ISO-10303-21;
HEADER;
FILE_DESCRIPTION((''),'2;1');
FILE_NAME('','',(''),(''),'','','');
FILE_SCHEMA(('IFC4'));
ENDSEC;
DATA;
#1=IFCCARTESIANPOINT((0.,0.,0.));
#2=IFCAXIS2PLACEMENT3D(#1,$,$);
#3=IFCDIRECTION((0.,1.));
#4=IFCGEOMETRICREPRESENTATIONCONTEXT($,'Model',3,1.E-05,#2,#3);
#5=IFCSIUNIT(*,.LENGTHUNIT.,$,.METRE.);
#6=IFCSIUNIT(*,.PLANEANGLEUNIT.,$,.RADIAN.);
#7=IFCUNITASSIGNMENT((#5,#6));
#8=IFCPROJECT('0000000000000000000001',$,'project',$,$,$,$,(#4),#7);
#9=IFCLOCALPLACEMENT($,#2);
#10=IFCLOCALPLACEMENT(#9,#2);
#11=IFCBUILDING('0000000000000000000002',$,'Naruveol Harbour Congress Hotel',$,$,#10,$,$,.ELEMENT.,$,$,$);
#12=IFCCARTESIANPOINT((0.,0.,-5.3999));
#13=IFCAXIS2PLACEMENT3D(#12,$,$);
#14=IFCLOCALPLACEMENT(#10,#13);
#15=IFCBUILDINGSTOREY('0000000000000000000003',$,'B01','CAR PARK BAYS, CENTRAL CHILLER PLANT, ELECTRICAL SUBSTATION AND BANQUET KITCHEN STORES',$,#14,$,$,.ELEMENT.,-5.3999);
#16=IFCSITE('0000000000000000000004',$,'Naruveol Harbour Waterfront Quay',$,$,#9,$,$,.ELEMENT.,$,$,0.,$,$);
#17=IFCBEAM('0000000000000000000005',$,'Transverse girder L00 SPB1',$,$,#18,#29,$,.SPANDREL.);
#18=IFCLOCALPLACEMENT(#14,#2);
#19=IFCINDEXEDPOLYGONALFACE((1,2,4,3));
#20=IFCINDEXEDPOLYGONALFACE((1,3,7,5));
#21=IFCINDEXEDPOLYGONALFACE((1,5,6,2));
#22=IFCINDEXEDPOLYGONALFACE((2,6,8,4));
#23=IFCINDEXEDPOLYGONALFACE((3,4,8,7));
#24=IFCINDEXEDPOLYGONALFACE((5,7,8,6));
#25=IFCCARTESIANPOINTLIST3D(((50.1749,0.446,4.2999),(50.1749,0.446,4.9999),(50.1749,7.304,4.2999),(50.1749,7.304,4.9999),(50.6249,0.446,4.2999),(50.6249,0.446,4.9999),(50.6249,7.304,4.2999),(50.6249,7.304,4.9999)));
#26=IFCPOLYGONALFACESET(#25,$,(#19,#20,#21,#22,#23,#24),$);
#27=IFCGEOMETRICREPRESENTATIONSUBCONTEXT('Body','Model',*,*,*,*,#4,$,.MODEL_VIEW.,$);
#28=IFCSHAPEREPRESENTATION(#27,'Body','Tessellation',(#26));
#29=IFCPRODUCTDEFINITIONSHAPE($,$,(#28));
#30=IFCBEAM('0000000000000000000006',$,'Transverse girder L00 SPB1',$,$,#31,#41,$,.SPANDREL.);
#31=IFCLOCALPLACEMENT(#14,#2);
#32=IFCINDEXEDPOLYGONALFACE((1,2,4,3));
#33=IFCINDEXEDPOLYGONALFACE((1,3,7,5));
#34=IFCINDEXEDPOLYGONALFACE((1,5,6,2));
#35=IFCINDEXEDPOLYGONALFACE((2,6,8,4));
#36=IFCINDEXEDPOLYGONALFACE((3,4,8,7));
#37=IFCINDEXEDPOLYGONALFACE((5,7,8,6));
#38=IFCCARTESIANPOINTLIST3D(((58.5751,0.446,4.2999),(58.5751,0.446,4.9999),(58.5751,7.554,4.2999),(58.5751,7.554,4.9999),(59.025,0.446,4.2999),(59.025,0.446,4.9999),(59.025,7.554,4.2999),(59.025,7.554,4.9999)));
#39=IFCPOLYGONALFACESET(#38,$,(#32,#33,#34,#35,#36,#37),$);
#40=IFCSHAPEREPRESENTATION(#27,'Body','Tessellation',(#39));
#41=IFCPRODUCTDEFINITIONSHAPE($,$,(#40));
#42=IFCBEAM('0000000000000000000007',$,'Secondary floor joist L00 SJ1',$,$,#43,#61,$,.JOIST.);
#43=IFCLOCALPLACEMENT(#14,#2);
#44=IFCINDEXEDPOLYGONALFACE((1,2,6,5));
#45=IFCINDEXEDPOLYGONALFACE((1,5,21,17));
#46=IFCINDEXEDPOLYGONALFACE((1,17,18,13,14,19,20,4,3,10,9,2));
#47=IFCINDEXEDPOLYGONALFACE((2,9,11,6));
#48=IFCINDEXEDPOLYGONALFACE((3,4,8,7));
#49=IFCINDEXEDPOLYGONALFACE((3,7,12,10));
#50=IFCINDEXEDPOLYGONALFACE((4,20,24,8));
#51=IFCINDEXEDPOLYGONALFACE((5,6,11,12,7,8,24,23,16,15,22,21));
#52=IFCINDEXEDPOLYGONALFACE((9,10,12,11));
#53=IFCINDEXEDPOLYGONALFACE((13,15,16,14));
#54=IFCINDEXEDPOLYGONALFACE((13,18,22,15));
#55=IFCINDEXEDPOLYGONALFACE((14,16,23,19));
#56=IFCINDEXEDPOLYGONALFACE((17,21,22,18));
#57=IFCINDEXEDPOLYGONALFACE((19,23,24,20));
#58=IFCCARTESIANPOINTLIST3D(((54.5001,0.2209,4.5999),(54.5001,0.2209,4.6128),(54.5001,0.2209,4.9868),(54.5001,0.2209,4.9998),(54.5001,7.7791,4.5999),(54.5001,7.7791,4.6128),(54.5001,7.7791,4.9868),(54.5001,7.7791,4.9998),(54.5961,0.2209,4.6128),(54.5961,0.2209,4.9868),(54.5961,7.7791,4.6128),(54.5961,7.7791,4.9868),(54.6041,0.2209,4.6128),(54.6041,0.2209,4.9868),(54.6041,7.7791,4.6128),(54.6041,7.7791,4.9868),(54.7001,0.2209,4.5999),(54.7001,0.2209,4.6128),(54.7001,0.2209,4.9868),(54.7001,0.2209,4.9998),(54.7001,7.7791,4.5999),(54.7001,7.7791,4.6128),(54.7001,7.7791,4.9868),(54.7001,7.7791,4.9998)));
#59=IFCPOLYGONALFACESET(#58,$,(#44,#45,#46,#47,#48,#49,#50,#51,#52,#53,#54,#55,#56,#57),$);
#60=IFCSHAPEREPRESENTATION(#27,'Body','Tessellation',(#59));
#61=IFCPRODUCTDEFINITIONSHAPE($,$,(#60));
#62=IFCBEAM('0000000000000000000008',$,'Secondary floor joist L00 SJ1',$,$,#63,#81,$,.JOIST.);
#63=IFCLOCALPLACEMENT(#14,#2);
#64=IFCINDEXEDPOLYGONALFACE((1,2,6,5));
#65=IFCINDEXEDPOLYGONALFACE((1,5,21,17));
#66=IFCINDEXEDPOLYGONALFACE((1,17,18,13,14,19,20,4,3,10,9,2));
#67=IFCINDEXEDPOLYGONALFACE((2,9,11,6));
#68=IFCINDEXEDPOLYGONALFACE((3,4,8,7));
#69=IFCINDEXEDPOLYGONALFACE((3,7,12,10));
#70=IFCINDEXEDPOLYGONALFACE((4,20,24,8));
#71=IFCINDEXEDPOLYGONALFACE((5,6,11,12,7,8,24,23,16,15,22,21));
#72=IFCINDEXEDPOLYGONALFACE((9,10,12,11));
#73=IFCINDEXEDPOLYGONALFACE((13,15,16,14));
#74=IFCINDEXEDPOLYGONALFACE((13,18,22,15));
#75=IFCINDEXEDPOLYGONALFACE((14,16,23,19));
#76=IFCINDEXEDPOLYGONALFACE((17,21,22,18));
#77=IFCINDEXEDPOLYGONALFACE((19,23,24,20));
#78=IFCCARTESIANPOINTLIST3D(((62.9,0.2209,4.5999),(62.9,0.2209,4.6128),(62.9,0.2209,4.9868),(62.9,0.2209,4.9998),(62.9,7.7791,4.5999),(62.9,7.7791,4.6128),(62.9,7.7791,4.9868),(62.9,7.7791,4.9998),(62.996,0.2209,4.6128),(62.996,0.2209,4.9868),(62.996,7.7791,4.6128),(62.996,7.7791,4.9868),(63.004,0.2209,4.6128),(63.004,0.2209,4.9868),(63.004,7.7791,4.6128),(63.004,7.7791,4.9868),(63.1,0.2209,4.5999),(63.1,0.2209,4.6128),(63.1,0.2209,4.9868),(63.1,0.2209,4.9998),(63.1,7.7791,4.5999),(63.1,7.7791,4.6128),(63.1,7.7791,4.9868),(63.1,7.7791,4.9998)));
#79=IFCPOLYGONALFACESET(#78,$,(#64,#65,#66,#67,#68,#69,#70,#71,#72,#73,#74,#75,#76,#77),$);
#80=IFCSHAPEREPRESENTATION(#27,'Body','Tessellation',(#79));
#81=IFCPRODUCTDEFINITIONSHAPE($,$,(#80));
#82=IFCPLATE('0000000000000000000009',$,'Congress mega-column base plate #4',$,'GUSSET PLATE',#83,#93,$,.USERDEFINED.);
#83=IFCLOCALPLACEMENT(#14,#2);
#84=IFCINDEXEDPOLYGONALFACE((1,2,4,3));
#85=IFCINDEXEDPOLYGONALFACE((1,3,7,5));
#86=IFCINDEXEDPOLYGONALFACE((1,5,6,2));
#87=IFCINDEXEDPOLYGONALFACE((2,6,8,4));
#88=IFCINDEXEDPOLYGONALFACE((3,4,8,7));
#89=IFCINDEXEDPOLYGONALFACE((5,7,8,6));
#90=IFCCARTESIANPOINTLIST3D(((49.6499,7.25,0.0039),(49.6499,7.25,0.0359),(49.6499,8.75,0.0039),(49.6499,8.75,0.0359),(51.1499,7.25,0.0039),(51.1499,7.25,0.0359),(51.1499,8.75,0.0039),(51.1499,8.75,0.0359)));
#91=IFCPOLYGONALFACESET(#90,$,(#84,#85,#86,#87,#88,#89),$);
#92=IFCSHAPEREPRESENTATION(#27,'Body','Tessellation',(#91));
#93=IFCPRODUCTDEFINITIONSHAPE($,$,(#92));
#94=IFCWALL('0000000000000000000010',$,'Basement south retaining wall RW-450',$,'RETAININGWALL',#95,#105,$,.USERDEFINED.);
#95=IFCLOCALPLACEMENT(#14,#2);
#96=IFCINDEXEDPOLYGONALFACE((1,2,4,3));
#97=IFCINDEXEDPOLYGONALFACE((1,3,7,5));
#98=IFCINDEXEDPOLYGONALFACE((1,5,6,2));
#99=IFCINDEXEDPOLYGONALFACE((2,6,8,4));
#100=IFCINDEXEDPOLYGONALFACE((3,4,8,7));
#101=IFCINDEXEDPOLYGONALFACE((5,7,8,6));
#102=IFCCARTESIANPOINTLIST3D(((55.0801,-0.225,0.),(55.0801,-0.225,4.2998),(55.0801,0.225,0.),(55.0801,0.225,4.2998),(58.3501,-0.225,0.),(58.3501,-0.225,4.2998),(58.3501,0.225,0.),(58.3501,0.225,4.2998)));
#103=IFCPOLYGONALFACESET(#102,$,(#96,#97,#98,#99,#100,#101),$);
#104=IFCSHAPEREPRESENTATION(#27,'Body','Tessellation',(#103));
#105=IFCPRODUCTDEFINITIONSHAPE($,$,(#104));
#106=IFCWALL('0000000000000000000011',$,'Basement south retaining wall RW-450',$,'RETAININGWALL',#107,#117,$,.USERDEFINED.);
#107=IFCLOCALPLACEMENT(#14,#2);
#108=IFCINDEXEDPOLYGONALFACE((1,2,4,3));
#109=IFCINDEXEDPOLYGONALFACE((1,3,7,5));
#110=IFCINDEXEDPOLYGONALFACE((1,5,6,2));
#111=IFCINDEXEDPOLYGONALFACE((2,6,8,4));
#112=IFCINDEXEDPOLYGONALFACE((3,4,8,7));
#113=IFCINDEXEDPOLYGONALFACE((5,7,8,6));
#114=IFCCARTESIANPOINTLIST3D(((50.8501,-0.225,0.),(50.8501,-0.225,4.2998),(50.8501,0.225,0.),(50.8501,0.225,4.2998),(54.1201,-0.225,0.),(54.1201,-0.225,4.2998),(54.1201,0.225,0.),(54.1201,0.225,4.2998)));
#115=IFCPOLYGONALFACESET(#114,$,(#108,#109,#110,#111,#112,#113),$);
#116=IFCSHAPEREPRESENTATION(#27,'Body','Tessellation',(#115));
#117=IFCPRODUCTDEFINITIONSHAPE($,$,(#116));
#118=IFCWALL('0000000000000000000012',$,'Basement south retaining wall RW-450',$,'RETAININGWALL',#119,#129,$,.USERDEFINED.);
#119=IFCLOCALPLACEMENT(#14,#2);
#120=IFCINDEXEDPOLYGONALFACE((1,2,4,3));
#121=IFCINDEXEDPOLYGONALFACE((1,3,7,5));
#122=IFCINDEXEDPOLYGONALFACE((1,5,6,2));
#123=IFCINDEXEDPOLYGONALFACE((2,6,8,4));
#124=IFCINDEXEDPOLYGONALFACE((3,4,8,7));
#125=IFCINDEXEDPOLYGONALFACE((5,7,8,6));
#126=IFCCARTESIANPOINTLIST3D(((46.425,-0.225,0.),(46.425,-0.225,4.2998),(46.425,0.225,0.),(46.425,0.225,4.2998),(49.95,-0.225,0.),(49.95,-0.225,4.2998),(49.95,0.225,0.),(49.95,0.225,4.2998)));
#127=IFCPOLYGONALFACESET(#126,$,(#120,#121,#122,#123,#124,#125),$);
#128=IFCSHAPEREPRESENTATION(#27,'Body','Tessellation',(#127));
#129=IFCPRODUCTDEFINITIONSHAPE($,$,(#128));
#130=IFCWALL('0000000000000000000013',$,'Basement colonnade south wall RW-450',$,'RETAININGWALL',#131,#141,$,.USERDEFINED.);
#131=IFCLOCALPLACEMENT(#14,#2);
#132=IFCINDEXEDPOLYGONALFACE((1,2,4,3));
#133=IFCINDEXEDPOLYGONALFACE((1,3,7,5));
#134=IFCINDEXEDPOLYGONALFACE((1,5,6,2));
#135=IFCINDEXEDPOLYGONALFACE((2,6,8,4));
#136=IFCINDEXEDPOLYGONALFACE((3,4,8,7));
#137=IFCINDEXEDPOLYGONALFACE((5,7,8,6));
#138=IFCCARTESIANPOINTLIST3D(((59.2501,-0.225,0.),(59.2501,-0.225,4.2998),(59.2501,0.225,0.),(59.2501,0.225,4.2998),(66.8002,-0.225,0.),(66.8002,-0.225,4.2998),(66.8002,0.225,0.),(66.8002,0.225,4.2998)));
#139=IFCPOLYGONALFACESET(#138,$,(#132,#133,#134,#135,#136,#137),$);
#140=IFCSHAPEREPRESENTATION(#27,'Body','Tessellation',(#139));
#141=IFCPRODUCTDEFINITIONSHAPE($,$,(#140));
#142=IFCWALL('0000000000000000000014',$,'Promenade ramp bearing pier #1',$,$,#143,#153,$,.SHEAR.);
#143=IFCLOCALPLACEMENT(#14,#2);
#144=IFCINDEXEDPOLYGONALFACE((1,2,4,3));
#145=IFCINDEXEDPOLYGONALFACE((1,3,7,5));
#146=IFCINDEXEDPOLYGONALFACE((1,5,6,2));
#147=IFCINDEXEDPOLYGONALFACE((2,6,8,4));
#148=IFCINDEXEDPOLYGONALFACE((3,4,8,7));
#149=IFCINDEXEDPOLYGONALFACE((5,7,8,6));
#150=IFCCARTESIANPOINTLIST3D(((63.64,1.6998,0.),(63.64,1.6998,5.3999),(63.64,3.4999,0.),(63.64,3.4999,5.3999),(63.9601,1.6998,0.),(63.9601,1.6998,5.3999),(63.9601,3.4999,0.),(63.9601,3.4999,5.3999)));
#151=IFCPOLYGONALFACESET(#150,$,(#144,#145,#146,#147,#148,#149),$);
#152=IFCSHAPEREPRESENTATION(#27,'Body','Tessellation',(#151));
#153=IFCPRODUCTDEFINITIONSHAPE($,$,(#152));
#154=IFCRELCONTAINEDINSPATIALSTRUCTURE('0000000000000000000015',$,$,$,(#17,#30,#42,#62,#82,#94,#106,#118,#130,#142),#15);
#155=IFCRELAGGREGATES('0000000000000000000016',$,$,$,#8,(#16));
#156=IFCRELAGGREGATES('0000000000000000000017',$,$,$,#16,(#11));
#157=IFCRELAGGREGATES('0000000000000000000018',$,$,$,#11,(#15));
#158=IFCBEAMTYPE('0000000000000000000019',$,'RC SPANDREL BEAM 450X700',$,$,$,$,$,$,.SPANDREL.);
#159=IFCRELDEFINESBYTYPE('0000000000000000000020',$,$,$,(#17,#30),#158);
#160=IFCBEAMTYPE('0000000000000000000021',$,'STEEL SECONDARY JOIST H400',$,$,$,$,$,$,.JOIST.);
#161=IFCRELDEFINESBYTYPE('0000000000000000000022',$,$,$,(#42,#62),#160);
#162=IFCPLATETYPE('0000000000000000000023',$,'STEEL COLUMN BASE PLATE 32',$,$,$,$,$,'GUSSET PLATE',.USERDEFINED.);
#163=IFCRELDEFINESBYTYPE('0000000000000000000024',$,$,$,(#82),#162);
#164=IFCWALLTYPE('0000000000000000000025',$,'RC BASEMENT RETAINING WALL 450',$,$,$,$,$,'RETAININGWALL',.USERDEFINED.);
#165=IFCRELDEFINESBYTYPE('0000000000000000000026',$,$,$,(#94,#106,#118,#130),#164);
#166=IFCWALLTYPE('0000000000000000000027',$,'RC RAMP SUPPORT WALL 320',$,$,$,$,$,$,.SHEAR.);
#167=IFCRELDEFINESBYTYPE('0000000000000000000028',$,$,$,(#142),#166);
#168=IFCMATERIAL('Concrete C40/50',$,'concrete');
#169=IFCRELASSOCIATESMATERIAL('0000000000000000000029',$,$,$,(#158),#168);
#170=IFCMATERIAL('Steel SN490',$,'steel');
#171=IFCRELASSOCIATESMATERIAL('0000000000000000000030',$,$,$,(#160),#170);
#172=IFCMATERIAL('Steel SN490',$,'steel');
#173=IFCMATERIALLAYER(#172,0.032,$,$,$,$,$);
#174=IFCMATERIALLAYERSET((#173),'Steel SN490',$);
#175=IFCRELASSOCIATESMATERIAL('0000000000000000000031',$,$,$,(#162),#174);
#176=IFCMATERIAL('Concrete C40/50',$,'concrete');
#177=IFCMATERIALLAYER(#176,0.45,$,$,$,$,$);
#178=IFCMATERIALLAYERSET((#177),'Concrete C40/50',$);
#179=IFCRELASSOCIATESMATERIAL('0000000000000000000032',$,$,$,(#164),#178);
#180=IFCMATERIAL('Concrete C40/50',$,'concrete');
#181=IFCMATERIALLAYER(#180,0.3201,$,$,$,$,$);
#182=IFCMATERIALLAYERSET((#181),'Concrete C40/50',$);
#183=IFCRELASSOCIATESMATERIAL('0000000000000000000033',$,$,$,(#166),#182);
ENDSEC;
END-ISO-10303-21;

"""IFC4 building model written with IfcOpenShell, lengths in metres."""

from ifc_helpers import new_model, si_unit, direction, frame, frame_2d, origin, origin_2d, place, context, subcontext, project, spatial, rectangle, i_section, extrude, material, layer, layer_set, material_profile, profile_set, type_object, element, save


model = new_model("IFC4")

# Units and contexts
model_context = context("Model", 3, precision=1e-05, world=origin(), true_north=direction((0.0, 1.0)))
body_context = subcontext(model_context, "Body", "Model", "MODEL_VIEW")
ifc_project = project(units=[si_unit("LENGTHUNIT", "METRE"), si_unit("PLANEANGLEUNIT", "RADIAN")], contexts=[model_context])

# Site, building, storey
site_placement = place(None, origin())
site = spatial("IfcSite", under=ifc_project, at=site_placement, Name="Naruveol Harbour Waterfront Quay", CompositionType="ELEMENT", RefElevation=0.0)
building_placement = place(site_placement, origin())
building = spatial("IfcBuilding", under=site, at=building_placement, Name="Naruveol Harbour Congress Hotel", CompositionType="ELEMENT")
storey_placement = place(building_placement, frame((0.0, 0.0, -5.3999)))
storey = spatial("IfcBuildingStorey", under=building, at=storey_placement, Name="B01", Description="CAR PARK BAYS, CENTRAL CHILLER PLANT, ELECTRICAL SUBSTATION AND BANQUET KITCHEN STORES", CompositionType="ELEMENT", Elevation=-5.3999)

# Beams
ifc_material_1 = material(Name="Concrete C40/50", Category="concrete")
ifc_material_profile_1 = material_profile(ifc_material_1, rectangle(XDim=0.45, YDim=0.7, at=origin_2d()), Name="RCB-450x700")
ifc_profile_set_1 = profile_set([ifc_material_profile_1], Name="Concrete C40/50")
beam_type_1 = type_object("IfcBeamType", Name="RC SPANDREL BEAM 450X700", PredefinedType="SPANDREL", material=ifc_profile_set_1)
beam_1_placement = place(storey_placement, frame((50.3999, 0.446, 4.6499), z_axis=(0.0, 1.0, 0.0), x_axis=(-1.0, 0.0, 0.0)))
element("IfcBeam", 1, at=beam_1_placement, inside=storey, type_object=beam_type_1, Name="Transverse girder L00 SPB1", PredefinedType="SPANDREL", context=body_context, shape_type="SweptSolid", body=[
    extrude(rectangle(XDim=0.45, YDim=0.7, at=origin_2d()), origin(), (0.0, 0.0, 1.0), 6.8579),
])
beam_2_placement = place(storey_placement, frame((58.8, 0.446, 4.6499), z_axis=(0.0, 1.0, 0.0), x_axis=(-1.0, 0.0, 0.0)))
element("IfcBeam", 2, at=beam_2_placement, inside=storey, type_object=beam_type_1, Name="Transverse girder L00 SPB1", PredefinedType="SPANDREL", context=body_context, shape_type="SweptSolid", body=[
    extrude(rectangle(XDim=0.45, YDim=0.7, at=origin_2d()), origin(), (0.0, 0.0, 1.0), 7.1079),
])
ifc_material_2 = material(Name="Steel SN490", Category="steel")
ifc_material_profile_2 = material_profile(ifc_material_2, i_section(OverallWidth=0.2, OverallDepth=0.3999, WebThickness=0.0081, FlangeThickness=0.0129, at=origin_2d()), Name="H-400x200x8x13")
ifc_profile_set_2 = profile_set([ifc_material_profile_2], Name="Steel SN490")
beam_type_2 = type_object("IfcBeamType", Name="STEEL SECONDARY JOIST H400", PredefinedType="JOIST", material=ifc_profile_set_2)
for number, where, z_axis, x_axis, name in (
    (3, (54.6001, 0.2209, 4.7998), (0.0, 1.0, 0.0), (-1.0, 0.0, 0.0), "Secondary floor joist L00 SJ1"),
    (4, (63.0, 0.2209, 4.7998), (0.0, 1.0, 0.0), (-1.0, 0.0, 0.0), "Secondary floor joist L00 SJ1"),
):
    element("IfcBeam", number, at=place(storey_placement, frame(where, z_axis=z_axis, x_axis=x_axis)), inside=storey, type_object=beam_type_2, Name=name, PredefinedType="JOIST", context=body_context, shape_type="SweptSolid", body=[
        extrude(i_section(OverallWidth=0.2, OverallDepth=0.3999, WebThickness=0.0081, FlangeThickness=0.0129, at=origin_2d()), origin(), (0.0, 0.0, 1.0), 7.5581),
    ])

# Plate
ifc_material_3 = material(Name="Steel SN490", Category="steel")
ifc_layer_1 = layer(ifc_material_3, 0.032)
ifc_layer_set_1 = layer_set([ifc_layer_1], Name="Steel SN490")
plate_type = type_object("IfcPlateType", Name="STEEL COLUMN BASE PLATE 32", ElementType="GUSSET PLATE", PredefinedType="USERDEFINED", material=ifc_layer_set_1)
plate_placement = place(storey_placement, frame((50.3999, 8.0, 0.0039), z_axis=(0.0, 0.0, 1.0), x_axis=(1.0, 0.0, 0.0)))
element("IfcPlate", 5, at=plate_placement, inside=storey, type_object=plate_type, Name="Congress mega-column base plate #4", ObjectType="GUSSET PLATE", PredefinedType="USERDEFINED", context=body_context, shape_type="SweptSolid", body=[
    extrude(rectangle(XDim=1.5, YDim=1.5, at=origin_2d()), origin(), (0.0, 0.0, 1.0), 0.032),
])

# Walls
ifc_material_4 = material(Name="Concrete C40/50", Category="concrete")
ifc_layer_2 = layer(ifc_material_4, 0.45)
ifc_layer_set_2 = layer_set([ifc_layer_2], Name="Concrete C40/50")
wall_type_1 = type_object("IfcWallType", Name="RC BASEMENT RETAINING WALL 450", ElementType="RETAININGWALL", PredefinedType="USERDEFINED", material=ifc_layer_set_2)
for number, where, z_axis, x_axis, name in (
    (6, (58.3501, 0.0, 0.0), (0.0, 0.0, 1.0), (-1.0, 0.0, 0.0), "Basement south retaining wall RW-450"),
    (7, (54.1201, 0.0, 0.0), (0.0, 0.0, 1.0), (-1.0, 0.0, 0.0), "Basement south retaining wall RW-450"),
):
    element("IfcWall", number, at=place(storey_placement, frame(where, z_axis=z_axis, x_axis=x_axis)), inside=storey, type_object=wall_type_1, Name=name, ObjectType="RETAININGWALL", PredefinedType="USERDEFINED", context=body_context, shape_type="SweptSolid", body=[
        extrude(rectangle(XDim=3.27, YDim=0.45, at=frame_2d((1.635, 0.0))), origin(), (0.0, 0.0, 1.0), 4.2998),
    ])
wall_1_placement = place(storey_placement, frame((49.95, 0.0, 0.0), z_axis=(0.0, 0.0, 1.0), x_axis=(-1.0, 0.0, 0.0)))
element("IfcWall", 8, at=wall_1_placement, inside=storey, type_object=wall_type_1, Name="Basement south retaining wall RW-450", ObjectType="RETAININGWALL", PredefinedType="USERDEFINED", context=body_context, shape_type="SweptSolid", body=[
    extrude(rectangle(XDim=3.5249, YDim=0.45, at=frame_2d((1.7625, 0.0))), origin(), (0.0, 0.0, 1.0), 4.2998),
])
wall_2_placement = place(storey_placement, frame((66.8, 0.0, 0.0), z_axis=(0.0, 0.0, 1.0), x_axis=(-1.0, 0.0, 0.0)))
element("IfcWall", 9, at=wall_2_placement, inside=storey, type_object=wall_type_1, Name="Basement colonnade south wall RW-450", ObjectType="RETAININGWALL", PredefinedType="USERDEFINED", context=body_context, shape_type="SweptSolid", body=[
    extrude(rectangle(XDim=7.55, YDim=0.45, at=frame_2d((3.7749, 0.0))), origin(), (0.0, 0.0, 1.0), 4.2998),
])
ifc_material_5 = material(Name="Concrete C40/50", Category="concrete")
ifc_layer_3 = layer(ifc_material_5, 0.3201)
ifc_layer_set_3 = layer_set([ifc_layer_3], Name="Concrete C40/50")
wall_type_2 = type_object("IfcWallType", Name="RC RAMP SUPPORT WALL 320", PredefinedType="SHEAR", material=ifc_layer_set_3)
wall_3_placement = place(storey_placement, frame((63.8, 1.7, 0.0), z_axis=(0.0, 0.0, 1.0), x_axis=(0.0, 1.0, 0.0)))
element("IfcWall", 10, at=wall_3_placement, inside=storey, type_object=wall_type_2, Name="Promenade ramp bearing pier #1", PredefinedType="SHEAR", context=body_context, shape_type="SweptSolid", body=[
    extrude(rectangle(XDim=1.8, YDim=0.3201, at=frame_2d((0.8999, 0.0))), origin(), (0.0, 0.0, 1.0), 5.3999),
])

save(model, "model.ifc")
